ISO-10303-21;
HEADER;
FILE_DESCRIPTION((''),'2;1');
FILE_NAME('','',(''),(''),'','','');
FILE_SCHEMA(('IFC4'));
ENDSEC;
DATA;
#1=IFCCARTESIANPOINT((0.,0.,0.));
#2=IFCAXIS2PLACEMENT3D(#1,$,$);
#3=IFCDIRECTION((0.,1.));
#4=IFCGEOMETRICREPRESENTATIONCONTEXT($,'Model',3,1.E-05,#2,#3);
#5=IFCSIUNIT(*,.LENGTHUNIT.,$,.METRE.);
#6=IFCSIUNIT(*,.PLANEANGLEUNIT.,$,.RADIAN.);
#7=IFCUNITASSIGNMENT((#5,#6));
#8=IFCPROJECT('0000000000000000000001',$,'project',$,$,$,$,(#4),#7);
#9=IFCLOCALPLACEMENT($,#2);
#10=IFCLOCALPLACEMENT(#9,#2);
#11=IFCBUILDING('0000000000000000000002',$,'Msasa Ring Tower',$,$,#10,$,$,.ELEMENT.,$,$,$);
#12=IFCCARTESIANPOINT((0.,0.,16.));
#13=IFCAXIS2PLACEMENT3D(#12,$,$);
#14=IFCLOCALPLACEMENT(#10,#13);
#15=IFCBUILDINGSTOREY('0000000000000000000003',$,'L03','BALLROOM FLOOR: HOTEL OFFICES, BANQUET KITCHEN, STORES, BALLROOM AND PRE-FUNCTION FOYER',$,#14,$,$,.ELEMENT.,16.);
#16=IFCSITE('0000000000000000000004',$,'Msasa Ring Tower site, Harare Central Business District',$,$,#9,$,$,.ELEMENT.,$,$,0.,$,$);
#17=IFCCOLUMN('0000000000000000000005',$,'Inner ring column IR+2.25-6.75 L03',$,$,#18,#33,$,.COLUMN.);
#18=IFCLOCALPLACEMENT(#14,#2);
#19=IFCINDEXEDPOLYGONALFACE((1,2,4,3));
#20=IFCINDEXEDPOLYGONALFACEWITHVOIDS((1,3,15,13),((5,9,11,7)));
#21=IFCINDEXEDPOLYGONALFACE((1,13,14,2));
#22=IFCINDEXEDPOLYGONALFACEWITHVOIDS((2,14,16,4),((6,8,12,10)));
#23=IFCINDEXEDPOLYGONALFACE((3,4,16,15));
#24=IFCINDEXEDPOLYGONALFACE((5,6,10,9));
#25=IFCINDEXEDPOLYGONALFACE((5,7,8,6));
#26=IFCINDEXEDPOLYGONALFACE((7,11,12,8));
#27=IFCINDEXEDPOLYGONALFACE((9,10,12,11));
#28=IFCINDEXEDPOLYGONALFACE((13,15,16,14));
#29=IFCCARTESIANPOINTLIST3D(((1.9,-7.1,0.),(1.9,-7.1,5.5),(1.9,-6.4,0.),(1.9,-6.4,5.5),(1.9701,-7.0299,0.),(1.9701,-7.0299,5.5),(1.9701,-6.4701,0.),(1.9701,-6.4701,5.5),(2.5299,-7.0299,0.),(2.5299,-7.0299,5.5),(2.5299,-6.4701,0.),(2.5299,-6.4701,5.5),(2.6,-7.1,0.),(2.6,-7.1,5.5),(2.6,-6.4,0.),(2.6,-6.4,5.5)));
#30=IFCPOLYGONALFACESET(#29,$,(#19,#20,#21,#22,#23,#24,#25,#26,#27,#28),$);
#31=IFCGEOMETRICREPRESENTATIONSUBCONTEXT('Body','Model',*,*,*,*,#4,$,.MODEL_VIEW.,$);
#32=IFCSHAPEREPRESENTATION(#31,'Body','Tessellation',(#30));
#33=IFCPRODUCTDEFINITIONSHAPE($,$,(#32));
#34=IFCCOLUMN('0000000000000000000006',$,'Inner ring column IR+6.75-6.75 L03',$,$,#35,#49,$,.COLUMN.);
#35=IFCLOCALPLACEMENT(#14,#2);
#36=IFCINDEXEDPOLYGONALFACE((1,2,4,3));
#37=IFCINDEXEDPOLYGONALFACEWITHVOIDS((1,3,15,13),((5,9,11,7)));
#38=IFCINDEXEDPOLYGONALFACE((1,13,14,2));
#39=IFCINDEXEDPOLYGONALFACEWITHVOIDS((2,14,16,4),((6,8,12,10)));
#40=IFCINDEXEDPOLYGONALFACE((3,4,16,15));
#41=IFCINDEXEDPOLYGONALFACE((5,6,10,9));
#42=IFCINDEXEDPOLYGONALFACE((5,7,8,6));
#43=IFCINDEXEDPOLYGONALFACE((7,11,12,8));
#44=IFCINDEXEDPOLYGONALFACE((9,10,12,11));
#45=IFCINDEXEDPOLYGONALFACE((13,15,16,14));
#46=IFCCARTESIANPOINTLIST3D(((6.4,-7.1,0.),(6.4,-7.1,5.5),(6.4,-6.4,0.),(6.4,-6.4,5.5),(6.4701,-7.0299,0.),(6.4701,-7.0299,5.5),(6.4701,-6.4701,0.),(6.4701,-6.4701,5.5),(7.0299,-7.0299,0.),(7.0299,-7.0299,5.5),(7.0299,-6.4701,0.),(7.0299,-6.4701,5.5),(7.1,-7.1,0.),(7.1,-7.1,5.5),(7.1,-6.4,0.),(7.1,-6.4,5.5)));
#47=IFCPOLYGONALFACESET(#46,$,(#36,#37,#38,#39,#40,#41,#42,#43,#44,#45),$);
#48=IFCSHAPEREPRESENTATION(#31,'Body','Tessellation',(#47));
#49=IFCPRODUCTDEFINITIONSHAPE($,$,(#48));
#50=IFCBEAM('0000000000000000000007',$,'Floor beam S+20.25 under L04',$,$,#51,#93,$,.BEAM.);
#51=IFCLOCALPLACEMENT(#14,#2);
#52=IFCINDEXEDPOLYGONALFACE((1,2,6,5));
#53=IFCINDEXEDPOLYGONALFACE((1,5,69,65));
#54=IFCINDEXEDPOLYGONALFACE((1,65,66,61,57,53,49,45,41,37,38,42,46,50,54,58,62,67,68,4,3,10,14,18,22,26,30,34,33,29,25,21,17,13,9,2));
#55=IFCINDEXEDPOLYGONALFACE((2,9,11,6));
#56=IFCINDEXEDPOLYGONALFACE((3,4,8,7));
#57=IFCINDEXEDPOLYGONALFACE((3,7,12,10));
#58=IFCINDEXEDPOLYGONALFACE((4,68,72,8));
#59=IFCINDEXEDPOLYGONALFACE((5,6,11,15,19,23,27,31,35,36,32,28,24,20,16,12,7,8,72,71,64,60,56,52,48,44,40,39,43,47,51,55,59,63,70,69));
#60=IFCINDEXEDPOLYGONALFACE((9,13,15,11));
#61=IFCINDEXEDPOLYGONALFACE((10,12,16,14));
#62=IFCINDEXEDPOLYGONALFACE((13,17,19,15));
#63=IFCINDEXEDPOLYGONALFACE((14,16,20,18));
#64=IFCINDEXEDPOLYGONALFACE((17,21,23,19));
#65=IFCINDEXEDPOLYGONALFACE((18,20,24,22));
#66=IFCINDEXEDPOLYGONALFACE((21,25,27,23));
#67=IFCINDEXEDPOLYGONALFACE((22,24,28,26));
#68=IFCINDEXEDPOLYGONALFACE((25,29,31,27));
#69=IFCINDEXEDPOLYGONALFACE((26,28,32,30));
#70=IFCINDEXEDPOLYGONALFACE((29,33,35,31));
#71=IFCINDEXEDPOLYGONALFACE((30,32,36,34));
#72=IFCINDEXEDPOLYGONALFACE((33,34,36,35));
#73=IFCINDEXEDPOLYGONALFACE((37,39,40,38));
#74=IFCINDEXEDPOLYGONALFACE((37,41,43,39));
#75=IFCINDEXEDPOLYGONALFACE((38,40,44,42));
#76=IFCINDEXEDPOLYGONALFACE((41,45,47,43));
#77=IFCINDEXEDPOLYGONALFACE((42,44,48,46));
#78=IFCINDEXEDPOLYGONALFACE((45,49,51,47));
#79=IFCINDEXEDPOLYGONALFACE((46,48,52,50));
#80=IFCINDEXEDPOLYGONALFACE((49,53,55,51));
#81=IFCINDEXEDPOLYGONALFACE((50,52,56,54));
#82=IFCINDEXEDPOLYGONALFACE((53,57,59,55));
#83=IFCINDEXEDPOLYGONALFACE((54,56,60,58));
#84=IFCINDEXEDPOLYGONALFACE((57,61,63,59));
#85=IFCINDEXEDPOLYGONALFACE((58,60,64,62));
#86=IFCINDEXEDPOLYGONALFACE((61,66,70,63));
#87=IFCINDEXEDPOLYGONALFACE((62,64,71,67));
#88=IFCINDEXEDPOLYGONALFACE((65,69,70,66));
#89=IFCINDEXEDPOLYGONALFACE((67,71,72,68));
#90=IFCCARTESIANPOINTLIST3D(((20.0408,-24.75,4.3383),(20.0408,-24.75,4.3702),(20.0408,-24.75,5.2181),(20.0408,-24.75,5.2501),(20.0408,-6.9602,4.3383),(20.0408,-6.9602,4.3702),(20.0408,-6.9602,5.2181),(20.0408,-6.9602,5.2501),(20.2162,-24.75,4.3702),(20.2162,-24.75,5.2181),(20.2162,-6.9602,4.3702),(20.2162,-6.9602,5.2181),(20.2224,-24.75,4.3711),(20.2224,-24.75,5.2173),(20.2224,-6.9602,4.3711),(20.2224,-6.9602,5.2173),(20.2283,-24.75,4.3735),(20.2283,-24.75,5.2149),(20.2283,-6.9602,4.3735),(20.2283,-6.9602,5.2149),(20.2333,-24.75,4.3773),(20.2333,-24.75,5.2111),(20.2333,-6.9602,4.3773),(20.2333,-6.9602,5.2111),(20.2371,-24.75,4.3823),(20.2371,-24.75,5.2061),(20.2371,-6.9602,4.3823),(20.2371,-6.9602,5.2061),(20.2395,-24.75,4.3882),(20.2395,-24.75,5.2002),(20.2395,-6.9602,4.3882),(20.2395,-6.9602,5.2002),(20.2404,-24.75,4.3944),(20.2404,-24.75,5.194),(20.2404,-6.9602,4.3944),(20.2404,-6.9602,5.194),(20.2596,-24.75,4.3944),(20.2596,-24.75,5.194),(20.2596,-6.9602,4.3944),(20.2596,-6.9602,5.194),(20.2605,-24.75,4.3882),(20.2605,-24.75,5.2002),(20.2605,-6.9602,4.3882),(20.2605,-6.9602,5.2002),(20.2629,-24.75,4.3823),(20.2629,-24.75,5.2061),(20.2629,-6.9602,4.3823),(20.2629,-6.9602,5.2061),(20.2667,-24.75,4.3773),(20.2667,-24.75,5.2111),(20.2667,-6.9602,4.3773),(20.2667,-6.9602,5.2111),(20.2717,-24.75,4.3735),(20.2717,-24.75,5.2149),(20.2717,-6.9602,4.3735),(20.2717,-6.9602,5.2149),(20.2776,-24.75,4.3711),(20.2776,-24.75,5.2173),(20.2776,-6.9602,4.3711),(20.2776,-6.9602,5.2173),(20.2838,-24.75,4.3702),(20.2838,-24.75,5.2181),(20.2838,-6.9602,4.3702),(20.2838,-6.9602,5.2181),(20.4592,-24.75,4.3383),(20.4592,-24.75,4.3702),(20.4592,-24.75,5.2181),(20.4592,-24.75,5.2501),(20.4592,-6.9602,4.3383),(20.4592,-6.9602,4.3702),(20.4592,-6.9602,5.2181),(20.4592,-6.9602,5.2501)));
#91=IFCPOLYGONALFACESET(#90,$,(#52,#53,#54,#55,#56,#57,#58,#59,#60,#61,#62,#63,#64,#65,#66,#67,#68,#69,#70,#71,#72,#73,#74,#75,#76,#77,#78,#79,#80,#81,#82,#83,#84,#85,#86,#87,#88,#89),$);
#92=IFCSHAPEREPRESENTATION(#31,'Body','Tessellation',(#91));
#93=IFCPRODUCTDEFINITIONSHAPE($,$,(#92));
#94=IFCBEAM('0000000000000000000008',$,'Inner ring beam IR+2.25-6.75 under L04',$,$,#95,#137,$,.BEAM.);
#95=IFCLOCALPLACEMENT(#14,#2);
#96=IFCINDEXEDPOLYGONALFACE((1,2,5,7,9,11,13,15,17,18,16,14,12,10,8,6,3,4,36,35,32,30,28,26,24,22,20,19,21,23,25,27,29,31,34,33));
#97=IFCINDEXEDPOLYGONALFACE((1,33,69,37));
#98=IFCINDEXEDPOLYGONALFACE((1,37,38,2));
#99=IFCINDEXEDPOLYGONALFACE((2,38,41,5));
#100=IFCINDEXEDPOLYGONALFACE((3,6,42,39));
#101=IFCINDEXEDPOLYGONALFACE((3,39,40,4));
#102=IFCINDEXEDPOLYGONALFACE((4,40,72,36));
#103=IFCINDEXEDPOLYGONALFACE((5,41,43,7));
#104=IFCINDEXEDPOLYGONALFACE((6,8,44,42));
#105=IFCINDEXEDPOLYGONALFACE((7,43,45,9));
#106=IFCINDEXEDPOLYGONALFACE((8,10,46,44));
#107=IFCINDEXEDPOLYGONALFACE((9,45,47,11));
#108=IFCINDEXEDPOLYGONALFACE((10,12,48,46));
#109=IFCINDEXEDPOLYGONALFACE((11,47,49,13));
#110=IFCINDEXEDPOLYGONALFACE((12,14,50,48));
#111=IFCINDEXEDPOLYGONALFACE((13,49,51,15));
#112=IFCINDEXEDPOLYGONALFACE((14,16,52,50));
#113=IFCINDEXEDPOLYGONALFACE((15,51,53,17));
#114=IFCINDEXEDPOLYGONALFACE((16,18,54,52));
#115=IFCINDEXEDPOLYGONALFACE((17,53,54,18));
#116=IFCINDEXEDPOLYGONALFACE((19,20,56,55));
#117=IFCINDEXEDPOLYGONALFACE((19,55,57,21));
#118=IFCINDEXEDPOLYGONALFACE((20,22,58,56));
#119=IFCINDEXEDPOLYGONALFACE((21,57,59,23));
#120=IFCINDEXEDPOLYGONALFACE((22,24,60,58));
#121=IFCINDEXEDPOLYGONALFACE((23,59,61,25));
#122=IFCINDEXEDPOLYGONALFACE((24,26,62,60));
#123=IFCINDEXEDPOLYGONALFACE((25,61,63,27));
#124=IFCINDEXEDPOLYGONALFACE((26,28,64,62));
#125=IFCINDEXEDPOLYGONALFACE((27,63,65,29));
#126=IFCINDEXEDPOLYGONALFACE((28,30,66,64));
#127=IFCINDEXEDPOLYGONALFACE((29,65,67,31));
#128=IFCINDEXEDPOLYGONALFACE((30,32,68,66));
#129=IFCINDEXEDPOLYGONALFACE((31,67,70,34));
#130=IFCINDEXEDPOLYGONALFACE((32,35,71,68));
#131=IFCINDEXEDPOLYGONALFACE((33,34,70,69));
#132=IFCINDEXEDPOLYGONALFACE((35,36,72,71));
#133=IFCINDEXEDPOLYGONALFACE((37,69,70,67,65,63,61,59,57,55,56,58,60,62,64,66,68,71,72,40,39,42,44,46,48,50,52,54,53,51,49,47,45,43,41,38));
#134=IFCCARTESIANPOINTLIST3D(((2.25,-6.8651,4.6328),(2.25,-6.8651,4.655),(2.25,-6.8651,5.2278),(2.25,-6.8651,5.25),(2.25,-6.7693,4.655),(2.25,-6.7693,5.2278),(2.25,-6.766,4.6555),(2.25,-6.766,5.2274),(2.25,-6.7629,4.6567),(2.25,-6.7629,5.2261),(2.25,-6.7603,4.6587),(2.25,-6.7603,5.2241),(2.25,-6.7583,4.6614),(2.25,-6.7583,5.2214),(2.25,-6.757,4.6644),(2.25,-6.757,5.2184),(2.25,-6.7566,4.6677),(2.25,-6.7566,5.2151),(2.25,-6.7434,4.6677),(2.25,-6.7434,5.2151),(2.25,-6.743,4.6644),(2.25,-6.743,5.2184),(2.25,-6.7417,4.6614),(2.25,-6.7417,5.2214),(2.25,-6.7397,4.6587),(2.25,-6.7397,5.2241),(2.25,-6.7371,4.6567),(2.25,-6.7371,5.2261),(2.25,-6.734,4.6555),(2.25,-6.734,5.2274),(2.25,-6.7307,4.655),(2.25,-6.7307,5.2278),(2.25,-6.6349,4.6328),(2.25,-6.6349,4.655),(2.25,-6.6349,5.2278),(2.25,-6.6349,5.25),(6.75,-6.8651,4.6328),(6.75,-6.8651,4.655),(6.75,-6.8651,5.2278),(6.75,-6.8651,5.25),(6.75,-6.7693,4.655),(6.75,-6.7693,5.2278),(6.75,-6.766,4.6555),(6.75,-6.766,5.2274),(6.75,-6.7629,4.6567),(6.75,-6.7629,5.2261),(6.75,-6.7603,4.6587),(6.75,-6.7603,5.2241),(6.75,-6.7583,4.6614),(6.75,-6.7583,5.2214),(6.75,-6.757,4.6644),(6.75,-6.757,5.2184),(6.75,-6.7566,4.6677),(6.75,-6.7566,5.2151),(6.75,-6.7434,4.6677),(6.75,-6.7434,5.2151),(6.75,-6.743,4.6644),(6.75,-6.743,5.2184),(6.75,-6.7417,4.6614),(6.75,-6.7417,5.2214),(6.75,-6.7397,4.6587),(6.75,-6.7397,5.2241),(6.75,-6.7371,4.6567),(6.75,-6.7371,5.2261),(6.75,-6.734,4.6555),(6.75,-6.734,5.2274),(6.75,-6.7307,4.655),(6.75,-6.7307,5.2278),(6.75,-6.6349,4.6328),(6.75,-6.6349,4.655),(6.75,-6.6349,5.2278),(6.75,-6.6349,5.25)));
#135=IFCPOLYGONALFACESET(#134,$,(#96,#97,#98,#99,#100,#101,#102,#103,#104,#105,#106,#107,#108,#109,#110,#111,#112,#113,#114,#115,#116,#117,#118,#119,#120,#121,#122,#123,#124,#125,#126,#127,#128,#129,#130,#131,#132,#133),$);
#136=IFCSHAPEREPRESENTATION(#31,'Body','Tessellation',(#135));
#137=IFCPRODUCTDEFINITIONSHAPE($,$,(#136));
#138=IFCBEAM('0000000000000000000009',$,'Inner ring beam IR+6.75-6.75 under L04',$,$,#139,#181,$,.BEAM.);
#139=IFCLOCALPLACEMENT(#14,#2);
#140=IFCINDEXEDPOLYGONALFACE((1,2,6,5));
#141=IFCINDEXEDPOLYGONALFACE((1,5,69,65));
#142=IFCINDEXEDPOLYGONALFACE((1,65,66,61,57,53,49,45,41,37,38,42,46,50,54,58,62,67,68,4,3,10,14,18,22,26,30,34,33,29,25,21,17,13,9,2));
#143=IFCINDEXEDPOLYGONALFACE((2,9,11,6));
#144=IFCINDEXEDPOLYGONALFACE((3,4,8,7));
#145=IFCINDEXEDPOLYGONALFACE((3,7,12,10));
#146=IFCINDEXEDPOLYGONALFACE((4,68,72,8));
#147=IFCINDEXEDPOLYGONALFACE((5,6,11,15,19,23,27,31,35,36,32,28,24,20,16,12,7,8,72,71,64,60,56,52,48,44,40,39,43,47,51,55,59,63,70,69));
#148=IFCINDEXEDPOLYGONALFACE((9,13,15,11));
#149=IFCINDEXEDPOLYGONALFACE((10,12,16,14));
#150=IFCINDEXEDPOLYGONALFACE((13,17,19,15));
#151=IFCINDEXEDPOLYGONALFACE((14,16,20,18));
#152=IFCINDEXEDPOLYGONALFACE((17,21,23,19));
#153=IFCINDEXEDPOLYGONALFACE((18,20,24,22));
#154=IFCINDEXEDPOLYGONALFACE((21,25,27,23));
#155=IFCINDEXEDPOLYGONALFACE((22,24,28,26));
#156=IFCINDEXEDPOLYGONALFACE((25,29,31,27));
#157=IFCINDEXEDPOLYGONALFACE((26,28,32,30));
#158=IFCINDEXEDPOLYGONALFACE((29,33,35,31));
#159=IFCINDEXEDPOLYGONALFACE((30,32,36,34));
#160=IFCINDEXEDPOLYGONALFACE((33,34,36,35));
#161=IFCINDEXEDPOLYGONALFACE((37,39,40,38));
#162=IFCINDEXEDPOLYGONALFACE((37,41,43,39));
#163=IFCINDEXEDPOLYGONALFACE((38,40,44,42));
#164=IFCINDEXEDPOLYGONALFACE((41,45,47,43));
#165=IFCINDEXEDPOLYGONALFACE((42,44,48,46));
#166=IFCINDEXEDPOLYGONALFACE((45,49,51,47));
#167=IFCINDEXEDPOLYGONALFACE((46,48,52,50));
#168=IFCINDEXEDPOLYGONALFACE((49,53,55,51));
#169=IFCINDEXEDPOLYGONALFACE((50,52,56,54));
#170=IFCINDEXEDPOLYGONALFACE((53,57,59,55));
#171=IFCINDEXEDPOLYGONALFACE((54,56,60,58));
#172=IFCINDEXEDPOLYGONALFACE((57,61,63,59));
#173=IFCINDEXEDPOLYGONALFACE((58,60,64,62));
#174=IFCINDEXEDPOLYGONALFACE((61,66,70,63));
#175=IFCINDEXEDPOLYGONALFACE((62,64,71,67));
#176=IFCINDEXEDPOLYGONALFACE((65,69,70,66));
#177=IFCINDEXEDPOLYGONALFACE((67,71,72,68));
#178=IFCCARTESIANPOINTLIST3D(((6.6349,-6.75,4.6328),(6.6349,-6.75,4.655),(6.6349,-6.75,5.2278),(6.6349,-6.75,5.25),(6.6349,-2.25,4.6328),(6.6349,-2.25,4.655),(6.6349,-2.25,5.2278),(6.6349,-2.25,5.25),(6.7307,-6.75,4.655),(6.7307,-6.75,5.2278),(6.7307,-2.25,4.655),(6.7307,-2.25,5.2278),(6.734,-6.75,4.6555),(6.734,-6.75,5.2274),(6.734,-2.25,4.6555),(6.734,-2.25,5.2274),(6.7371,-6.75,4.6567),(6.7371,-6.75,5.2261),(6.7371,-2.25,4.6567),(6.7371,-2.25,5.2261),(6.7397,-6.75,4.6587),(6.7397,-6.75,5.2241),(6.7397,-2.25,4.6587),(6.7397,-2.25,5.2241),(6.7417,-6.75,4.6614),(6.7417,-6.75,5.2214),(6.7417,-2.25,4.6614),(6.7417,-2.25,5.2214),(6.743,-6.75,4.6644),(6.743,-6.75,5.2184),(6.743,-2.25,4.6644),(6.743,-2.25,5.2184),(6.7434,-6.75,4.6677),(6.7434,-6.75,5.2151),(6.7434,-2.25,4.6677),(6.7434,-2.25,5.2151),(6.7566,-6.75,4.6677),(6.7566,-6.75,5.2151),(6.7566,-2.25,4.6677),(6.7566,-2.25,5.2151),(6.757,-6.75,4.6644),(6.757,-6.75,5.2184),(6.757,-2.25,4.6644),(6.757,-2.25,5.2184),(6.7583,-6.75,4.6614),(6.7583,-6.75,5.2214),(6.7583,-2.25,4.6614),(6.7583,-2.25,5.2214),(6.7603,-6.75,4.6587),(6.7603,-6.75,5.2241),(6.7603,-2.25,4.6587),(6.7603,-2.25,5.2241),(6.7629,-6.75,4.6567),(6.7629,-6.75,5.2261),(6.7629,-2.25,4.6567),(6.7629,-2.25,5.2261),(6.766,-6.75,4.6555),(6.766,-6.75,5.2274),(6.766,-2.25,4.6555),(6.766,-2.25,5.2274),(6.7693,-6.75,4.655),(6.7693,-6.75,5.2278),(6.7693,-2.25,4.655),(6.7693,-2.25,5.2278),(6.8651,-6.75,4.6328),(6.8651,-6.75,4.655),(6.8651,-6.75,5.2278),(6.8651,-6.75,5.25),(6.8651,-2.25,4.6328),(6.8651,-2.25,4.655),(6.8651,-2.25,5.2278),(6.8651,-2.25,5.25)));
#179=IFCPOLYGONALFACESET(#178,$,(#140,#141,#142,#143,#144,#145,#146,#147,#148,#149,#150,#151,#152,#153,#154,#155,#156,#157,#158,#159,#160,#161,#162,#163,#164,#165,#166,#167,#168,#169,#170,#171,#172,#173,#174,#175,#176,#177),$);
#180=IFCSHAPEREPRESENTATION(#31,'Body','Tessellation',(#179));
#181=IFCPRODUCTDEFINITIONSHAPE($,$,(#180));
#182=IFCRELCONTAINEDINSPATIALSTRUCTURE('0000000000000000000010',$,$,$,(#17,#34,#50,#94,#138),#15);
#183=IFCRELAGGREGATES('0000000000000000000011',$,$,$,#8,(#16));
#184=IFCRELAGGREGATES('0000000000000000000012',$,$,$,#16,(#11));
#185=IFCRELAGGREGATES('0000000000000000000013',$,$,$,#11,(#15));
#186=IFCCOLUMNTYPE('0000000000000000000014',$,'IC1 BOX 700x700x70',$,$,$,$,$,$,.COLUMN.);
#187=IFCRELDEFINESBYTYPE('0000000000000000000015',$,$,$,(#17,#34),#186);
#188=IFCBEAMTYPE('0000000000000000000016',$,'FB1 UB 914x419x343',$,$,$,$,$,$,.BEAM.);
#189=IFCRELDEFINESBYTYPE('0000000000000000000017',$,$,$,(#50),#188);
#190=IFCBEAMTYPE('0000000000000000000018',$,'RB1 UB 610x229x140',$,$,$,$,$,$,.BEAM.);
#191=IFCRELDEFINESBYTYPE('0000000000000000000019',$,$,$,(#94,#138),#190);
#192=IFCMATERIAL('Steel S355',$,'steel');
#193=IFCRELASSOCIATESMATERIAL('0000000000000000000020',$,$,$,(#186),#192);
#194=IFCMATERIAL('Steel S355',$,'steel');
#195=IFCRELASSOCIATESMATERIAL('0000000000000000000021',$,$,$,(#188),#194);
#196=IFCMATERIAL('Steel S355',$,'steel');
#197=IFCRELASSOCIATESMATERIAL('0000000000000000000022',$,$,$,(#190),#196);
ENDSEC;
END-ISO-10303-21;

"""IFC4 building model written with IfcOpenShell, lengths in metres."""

from ifc_helpers import new_model, si_unit, direction, frame, origin, origin_2d, place, context, subcontext, project, spatial, hollow_rectangle, i_section, extrude, material, material_profile, profile_set, type_object, element, save


model = new_model("IFC4")

# Units and contexts
model_context = context("Model", 3, precision=1e-05, world=origin(), true_north=direction((0.0, 1.0)))
body_context = subcontext(model_context, "Body", "Model", "MODEL_VIEW")
ifc_project = project(units=[si_unit("LENGTHUNIT", "METRE"), si_unit("PLANEANGLEUNIT", "RADIAN")], contexts=[model_context])

# Site, building, storey
site_placement = place(None, origin())
site = spatial("IfcSite", under=ifc_project, at=site_placement, Name="Msasa Ring Tower site, Harare Central Business District", CompositionType="ELEMENT", RefElevation=0.0)
building_placement = place(site_placement, origin())
building = spatial("IfcBuilding", under=site, at=building_placement, Name="Msasa Ring Tower", CompositionType="ELEMENT")
storey_placement = place(building_placement, frame((0.0, 0.0, 16.0)))
storey = spatial("IfcBuildingStorey", under=building, at=storey_placement, Name="L03", Description="BALLROOM FLOOR: HOTEL OFFICES, BANQUET KITCHEN, STORES, BALLROOM AND PRE-FUNCTION FOYER", CompositionType="ELEMENT", Elevation=16.0)

# Columns
ifc_material_1 = material(Name="Steel S355", Category="steel")
ifc_material_profile_1 = material_profile(ifc_material_1, hollow_rectangle(XDim=0.7, YDim=0.7, WallThickness=0.0701, at=origin_2d()), Name="BOX 700x700x70")
ifc_profile_set_1 = profile_set([ifc_material_profile_1], Name="Steel S355")
column_type = type_object("IfcColumnType", Name="IC1 BOX 700x700x70", PredefinedType="COLUMN", material=ifc_profile_set_1)
for number, where, z_axis, x_axis, name in (
    (1, (2.25, -6.75, 0.0), (0.0, 0.0, 1.0), (1.0, 0.0, 0.0), "Inner ring column IR+2.25-6.75 L03"),
    (2, (6.75, -6.75, 0.0), (0.0, 0.0, 1.0), (1.0, 0.0, 0.0), "Inner ring column IR+6.75-6.75 L03"),
):
    element("IfcColumn", number, at=place(storey_placement, frame(where, z_axis=z_axis, x_axis=x_axis)), inside=storey, type_object=column_type, Name=name, PredefinedType="COLUMN", context=body_context, shape_type="SweptSolid", body=[
        extrude(hollow_rectangle(XDim=0.7, YDim=0.7, WallThickness=0.0701, at=origin_2d()), origin(), (0.0, 0.0, 1.0), 5.5),
    ])

# Beams
ifc_material_2 = material(Name="Steel S355", Category="steel")
ifc_material_profile_2 = material_profile(ifc_material_2, i_section(OverallWidth=0.4185, OverallDepth=0.9119, WebThickness=0.0193, FlangeThickness=0.032, FilletRadius=0.0242, at=origin_2d()), Name="UB 914x419x343")
ifc_profile_set_2 = profile_set([ifc_material_profile_2], Name="Steel S355")
beam_type_1 = type_object("IfcBeamType", Name="FB1 UB 914x419x343", PredefinedType="BEAM", material=ifc_profile_set_2)
beam_1_placement = place(storey_placement, frame((20.25, -24.75, 4.7942), z_axis=(0.0, 1.0, 0.0), x_axis=(-1.0, 0.0, 0.0)))
element("IfcBeam", 3, at=beam_1_placement, inside=storey, type_object=beam_type_1, Name="Floor beam S+20.25 under L04", PredefinedType="BEAM", context=body_context, shape_type="SweptSolid", body=[
    extrude(i_section(OverallWidth=0.4185, OverallDepth=0.9119, WebThickness=0.0193, FlangeThickness=0.032, FilletRadius=0.0242, at=origin_2d()), origin(), (0.0, 0.0, 1.0), 17.7898),
])
ifc_material_3 = material(Name="Steel S355", Category="steel")
ifc_material_profile_3 = material_profile(ifc_material_3, i_section(OverallWidth=0.2302, OverallDepth=0.6172, WebThickness=0.0132, FlangeThickness=0.0222, FilletRadius=0.0127, at=origin_2d()), Name="UB 610x229x140")
ifc_profile_set_3 = profile_set([ifc_material_profile_3], Name="Steel S355")
beam_type_2 = type_object("IfcBeamType", Name="RB1 UB 610x229x140", PredefinedType="BEAM", material=ifc_profile_set_3)
for number, where, z_axis, x_axis, name in (
    (4, (2.25, -6.75, 4.9414), (1.0, 0.0, 0.0), (0.0, 1.0, 0.0), "Inner ring beam IR+2.25-6.75 under L04"),
    (5, (6.75, -6.75, 4.9414), (0.0, 1.0, 0.0), (-1.0, 0.0, 0.0), "Inner ring beam IR+6.75-6.75 under L04"),
):
    element("IfcBeam", number, at=place(storey_placement, frame(where, z_axis=z_axis, x_axis=x_axis)), inside=storey, type_object=beam_type_2, Name=name, PredefinedType="BEAM", context=body_context, shape_type="SweptSolid", body=[
        extrude(i_section(OverallWidth=0.2302, OverallDepth=0.6172, WebThickness=0.0132, FlangeThickness=0.0222, FilletRadius=0.0127, at=origin_2d()), origin(), (0.0, 0.0, 1.0), 4.5),
    ])

save(model, "model.ifc")
